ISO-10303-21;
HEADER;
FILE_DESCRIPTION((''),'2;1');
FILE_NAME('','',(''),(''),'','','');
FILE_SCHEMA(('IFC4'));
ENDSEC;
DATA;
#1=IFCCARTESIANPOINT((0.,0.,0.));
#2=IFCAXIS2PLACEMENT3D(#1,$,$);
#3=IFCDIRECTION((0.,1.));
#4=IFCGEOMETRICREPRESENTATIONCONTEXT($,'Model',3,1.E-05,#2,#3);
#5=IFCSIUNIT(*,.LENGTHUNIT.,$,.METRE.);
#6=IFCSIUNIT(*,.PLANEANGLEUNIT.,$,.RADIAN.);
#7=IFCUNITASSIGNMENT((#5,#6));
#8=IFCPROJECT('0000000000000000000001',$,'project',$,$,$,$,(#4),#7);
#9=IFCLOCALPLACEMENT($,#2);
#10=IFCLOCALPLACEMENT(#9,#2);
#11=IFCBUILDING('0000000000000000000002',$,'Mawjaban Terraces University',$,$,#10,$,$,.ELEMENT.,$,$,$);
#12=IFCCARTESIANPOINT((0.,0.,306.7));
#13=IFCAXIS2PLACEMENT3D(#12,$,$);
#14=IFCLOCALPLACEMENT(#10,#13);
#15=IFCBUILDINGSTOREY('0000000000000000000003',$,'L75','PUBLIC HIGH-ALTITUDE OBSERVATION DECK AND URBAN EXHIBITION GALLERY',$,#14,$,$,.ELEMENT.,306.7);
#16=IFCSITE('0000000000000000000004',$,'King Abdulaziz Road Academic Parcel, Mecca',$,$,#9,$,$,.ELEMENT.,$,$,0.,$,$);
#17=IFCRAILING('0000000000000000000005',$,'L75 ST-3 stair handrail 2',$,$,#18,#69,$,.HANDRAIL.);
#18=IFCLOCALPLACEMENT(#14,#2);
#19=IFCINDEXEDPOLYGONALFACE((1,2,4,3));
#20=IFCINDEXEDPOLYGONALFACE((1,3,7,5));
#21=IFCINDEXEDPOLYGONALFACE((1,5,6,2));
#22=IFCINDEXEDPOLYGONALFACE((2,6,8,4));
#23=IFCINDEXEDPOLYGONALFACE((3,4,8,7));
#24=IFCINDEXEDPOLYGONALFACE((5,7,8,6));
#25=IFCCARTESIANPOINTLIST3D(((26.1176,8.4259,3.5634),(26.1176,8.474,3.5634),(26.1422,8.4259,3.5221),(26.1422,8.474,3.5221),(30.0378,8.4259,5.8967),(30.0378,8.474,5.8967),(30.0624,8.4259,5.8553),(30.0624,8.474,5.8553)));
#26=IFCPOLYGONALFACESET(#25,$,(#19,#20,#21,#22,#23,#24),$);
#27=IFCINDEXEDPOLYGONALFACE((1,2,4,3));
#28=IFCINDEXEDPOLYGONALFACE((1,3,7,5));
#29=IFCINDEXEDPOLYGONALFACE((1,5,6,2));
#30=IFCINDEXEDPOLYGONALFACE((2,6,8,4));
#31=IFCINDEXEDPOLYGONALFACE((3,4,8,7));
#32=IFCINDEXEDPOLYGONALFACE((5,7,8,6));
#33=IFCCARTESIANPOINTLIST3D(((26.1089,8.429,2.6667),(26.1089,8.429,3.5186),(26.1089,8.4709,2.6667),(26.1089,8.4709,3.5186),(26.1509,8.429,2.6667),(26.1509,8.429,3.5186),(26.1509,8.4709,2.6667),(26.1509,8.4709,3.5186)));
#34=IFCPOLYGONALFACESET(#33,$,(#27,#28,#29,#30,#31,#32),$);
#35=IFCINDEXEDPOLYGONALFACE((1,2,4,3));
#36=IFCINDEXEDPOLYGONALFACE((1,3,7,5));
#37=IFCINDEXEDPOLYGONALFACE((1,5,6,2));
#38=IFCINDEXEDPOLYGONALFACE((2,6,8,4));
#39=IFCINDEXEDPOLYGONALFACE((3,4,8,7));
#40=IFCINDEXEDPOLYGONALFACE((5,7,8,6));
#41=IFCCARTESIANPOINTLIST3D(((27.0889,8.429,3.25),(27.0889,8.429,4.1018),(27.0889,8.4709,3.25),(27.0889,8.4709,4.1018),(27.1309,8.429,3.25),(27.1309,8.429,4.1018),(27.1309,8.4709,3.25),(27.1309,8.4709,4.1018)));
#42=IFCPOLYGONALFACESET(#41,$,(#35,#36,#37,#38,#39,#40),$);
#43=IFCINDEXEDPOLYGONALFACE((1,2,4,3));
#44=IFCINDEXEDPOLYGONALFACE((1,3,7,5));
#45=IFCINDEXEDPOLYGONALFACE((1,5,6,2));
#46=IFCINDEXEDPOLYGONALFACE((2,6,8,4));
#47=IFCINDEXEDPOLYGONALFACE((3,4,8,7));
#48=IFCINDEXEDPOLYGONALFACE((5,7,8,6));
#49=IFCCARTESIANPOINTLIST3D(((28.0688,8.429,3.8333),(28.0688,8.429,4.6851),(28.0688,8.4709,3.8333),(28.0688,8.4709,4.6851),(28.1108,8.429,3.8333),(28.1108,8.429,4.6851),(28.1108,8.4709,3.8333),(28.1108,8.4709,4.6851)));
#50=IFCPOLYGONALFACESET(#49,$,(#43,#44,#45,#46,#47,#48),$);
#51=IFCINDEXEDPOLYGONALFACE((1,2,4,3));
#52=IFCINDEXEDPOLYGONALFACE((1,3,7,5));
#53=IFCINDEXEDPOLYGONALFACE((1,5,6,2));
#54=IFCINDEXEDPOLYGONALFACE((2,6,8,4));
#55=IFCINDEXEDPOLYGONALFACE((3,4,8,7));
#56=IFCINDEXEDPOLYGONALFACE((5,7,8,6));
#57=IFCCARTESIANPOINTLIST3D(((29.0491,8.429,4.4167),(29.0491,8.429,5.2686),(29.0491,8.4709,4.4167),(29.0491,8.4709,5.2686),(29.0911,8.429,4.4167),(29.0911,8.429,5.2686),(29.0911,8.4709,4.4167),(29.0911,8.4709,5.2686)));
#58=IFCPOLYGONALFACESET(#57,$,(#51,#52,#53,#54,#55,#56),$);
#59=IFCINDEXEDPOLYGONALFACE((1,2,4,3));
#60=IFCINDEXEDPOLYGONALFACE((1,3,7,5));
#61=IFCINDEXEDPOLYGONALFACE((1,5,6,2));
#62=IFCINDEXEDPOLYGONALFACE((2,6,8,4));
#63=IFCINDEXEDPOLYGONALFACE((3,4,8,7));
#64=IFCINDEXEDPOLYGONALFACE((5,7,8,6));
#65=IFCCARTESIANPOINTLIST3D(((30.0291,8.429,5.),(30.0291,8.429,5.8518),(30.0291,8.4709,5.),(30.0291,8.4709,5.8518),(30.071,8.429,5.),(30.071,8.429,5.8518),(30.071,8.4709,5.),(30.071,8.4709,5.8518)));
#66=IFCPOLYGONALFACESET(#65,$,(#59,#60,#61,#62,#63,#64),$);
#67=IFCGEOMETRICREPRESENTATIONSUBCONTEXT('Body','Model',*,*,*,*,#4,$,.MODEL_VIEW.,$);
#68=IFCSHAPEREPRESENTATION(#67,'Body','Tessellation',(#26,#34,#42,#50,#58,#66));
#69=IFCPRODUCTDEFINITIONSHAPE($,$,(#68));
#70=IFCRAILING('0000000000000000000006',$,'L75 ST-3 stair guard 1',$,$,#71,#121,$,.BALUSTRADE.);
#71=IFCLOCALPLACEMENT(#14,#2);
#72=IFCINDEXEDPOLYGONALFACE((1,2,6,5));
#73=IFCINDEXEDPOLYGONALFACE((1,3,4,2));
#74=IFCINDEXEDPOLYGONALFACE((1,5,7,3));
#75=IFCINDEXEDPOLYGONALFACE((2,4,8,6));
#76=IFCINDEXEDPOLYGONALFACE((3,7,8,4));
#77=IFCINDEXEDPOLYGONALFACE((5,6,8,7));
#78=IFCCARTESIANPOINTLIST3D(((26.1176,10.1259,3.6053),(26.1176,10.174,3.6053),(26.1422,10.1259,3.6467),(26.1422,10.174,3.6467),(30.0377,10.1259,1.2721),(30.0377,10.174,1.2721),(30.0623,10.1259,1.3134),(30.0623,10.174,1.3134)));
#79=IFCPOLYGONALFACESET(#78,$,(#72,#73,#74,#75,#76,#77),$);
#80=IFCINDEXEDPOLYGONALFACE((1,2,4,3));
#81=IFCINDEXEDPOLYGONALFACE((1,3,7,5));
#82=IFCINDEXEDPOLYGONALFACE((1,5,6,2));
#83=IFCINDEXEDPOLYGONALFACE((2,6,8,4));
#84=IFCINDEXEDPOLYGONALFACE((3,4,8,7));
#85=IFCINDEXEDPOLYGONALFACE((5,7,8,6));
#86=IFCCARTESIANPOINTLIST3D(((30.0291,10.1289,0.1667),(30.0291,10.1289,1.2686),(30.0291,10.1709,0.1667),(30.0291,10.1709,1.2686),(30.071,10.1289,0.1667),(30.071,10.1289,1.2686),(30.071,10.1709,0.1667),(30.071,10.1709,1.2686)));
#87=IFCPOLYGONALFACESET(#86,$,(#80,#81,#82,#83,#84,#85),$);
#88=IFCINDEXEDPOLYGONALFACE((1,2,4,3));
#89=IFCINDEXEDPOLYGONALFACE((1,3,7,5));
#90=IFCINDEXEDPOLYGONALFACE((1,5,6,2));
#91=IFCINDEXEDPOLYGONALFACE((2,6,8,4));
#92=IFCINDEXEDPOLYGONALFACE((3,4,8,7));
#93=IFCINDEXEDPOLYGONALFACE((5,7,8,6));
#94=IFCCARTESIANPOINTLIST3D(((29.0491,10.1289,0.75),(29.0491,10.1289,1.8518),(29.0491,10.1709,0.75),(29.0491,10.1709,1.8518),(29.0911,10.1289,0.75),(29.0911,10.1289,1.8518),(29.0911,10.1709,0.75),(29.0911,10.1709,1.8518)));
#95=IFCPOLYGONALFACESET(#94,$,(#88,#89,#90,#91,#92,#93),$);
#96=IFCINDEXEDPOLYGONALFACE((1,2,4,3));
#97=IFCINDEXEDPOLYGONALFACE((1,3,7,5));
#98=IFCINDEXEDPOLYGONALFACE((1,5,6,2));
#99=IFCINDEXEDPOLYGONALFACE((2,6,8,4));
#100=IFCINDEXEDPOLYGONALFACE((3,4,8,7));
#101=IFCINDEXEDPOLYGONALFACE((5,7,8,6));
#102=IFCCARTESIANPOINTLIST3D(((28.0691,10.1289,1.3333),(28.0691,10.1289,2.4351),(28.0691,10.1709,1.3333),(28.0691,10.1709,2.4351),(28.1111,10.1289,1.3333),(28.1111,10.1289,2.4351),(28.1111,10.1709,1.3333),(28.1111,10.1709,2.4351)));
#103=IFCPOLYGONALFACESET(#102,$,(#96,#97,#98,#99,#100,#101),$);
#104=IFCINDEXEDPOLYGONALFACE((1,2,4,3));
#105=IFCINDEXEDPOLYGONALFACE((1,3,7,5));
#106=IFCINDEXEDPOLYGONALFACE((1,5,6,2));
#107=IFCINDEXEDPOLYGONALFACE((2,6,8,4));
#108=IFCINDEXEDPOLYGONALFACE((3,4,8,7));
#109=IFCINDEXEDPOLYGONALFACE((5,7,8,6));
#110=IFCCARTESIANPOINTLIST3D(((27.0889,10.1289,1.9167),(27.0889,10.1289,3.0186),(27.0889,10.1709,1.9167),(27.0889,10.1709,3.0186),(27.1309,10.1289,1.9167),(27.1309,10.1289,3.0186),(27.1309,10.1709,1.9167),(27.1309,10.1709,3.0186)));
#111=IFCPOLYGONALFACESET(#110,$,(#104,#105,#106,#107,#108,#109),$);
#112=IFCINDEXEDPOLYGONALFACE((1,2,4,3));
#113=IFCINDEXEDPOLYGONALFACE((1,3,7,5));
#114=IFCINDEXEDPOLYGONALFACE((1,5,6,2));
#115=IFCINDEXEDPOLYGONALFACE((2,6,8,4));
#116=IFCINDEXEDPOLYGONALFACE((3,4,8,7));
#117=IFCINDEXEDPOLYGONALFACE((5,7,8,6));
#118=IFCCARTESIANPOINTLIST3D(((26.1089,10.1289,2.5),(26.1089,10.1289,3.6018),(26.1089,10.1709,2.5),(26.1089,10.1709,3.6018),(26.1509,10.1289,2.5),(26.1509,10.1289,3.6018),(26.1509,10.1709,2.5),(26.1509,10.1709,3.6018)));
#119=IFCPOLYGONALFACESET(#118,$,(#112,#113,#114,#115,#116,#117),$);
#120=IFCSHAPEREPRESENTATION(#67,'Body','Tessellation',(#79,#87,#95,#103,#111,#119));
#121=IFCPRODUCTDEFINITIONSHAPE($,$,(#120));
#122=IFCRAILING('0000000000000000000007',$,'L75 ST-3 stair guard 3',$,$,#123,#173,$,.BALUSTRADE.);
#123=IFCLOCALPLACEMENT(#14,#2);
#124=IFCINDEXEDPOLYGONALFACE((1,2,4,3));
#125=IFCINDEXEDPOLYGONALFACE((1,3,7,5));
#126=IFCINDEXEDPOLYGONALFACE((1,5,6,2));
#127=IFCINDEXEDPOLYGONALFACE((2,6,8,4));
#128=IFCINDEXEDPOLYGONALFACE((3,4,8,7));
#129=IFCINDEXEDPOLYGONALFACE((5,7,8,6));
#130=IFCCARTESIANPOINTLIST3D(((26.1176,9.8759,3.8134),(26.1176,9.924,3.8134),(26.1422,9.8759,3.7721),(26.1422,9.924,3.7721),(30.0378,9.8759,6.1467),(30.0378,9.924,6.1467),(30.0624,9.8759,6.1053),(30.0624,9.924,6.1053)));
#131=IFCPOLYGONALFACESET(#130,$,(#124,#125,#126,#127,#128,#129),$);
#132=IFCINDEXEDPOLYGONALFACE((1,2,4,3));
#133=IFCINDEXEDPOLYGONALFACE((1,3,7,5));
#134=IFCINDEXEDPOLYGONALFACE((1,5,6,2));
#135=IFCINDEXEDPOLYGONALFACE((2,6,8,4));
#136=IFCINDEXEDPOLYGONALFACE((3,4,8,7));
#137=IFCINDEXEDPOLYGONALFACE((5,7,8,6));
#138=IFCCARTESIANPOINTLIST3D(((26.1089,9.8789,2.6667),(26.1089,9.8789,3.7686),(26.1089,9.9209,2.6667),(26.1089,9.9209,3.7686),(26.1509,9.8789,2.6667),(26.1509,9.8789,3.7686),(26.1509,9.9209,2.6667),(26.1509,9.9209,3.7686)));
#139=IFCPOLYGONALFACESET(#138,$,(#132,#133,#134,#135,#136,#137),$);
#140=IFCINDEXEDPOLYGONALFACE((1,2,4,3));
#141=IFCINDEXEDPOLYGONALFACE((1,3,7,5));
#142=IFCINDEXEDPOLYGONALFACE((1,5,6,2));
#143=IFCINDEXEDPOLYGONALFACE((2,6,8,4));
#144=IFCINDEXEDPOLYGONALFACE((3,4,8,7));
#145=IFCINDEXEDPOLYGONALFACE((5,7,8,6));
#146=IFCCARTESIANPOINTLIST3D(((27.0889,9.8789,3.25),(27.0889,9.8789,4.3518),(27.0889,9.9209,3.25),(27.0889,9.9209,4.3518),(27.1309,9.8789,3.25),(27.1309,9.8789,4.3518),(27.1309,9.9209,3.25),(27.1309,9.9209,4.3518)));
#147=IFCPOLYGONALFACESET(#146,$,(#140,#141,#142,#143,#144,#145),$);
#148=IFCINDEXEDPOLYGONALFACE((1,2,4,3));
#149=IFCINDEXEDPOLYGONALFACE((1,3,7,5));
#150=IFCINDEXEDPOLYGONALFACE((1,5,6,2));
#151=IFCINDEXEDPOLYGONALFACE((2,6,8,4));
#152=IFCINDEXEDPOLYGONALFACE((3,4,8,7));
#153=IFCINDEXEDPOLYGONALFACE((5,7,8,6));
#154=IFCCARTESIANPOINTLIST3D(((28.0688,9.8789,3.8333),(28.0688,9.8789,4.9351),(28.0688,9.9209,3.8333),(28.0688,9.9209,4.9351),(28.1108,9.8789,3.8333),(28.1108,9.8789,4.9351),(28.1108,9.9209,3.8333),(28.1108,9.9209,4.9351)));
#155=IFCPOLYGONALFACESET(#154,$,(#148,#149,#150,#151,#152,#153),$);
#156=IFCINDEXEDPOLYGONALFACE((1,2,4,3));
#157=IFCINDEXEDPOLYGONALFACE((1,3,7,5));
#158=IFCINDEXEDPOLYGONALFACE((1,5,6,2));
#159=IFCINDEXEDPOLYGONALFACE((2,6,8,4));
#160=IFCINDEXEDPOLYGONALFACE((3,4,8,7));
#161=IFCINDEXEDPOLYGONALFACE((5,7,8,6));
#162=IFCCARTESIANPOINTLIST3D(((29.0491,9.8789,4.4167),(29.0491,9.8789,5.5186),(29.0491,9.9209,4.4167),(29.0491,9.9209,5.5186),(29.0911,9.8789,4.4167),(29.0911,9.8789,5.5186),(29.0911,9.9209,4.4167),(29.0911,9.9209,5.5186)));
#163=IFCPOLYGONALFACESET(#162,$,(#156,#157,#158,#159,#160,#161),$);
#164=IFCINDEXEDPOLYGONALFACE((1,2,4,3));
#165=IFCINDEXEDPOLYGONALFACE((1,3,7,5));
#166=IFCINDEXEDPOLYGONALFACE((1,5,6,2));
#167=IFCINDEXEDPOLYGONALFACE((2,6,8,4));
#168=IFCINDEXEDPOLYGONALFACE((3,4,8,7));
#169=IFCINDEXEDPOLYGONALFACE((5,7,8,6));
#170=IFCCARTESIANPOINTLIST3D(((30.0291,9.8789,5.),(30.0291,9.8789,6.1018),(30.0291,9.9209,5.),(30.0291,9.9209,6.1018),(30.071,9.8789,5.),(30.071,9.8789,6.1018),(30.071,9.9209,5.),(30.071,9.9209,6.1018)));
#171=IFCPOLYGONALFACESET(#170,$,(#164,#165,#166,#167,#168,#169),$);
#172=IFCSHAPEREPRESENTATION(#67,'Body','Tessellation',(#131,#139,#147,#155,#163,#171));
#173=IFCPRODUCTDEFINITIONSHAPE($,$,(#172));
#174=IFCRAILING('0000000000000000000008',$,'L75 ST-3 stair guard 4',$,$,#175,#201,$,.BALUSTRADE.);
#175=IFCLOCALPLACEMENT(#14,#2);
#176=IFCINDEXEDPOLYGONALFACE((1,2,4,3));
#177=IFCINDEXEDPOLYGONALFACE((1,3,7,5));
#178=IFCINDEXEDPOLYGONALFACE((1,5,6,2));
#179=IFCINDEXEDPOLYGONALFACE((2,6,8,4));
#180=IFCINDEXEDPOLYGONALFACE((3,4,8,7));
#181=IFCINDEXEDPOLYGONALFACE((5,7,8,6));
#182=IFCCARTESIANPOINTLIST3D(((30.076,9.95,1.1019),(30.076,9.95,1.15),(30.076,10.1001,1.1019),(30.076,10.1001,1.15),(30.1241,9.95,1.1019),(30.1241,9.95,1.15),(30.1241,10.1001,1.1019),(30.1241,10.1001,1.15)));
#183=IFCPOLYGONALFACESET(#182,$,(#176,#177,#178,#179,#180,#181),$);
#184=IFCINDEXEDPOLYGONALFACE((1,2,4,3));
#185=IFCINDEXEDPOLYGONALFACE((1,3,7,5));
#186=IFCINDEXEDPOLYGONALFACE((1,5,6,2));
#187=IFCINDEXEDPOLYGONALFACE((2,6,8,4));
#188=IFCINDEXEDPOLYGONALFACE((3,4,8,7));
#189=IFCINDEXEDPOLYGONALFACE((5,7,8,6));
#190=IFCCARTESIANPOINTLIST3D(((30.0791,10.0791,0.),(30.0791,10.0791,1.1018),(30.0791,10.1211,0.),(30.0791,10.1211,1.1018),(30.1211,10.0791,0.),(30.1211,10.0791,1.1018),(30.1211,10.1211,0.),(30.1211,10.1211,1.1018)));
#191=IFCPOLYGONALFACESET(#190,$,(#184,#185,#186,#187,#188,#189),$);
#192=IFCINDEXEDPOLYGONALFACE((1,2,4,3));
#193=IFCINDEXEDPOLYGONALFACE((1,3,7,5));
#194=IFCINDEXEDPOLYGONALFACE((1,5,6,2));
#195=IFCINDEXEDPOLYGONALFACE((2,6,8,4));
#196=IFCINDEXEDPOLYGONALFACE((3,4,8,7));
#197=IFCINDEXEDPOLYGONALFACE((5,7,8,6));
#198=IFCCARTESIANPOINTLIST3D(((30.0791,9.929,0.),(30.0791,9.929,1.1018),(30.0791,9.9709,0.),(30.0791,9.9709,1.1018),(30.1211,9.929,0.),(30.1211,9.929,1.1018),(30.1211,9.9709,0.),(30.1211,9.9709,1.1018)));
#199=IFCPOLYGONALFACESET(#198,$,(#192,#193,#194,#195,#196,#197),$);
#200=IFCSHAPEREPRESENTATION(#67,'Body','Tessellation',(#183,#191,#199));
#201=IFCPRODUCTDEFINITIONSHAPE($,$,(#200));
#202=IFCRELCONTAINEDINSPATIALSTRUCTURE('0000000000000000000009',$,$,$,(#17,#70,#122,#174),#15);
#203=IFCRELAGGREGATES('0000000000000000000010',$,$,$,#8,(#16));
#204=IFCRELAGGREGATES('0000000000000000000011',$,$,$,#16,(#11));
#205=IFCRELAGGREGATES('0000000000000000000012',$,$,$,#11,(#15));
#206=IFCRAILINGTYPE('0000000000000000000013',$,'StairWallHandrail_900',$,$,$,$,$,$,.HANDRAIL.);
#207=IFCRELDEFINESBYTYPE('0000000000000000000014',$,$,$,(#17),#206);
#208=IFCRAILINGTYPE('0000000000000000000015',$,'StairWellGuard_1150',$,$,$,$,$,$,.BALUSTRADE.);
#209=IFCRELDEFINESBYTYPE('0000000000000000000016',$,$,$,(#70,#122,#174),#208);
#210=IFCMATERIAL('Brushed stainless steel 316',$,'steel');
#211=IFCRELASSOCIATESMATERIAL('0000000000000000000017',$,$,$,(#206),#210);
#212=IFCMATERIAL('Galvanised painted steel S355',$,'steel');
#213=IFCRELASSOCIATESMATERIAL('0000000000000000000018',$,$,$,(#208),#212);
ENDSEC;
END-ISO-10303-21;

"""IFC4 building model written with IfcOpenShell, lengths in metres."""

from ifc_helpers import new_model, si_unit, direction, frame, origin, origin_2d, place, context, subcontext, project, spatial, rectangle, extrude, material, type_object, element, save


model = new_model("IFC4")

# Units and contexts
model_context = context("Model", 3, precision=1e-05, world=origin(), true_north=direction((0.0, 1.0)))
body_context = subcontext(model_context, "Body", "Model", "MODEL_VIEW")
ifc_project = project(units=[si_unit("LENGTHUNIT", "METRE"), si_unit("PLANEANGLEUNIT", "RADIAN")], contexts=[model_context])

# Site, building, storey
site_placement = place(None, origin())
site = spatial("IfcSite", under=ifc_project, at=site_placement, Name="King Abdulaziz Road Academic Parcel, Mecca", CompositionType="ELEMENT", RefElevation=0.0)
building_placement = place(site_placement, origin())
building = spatial("IfcBuilding", under=site, at=building_placement, Name="Mawjaban Terraces University", CompositionType="ELEMENT")
storey_placement = place(building_placement, frame((0.0, 0.0, 306.7)))
storey = spatial("IfcBuildingStorey", under=building, at=storey_placement, Name="L75", Description="PUBLIC HIGH-ALTITUDE OBSERVATION DECK AND URBAN EXHIBITION GALLERY", CompositionType="ELEMENT", Elevation=306.7)

# Railings
ifc_material_1 = material(Name="Brushed stainless steel 316", Category="steel")
railing_type_1 = type_object("IfcRailingType", Name="StairWallHandrail_900", PredefinedType="HANDRAIL", material=ifc_material_1)
railing_1_placement = place(storey_placement, frame((26.1299, 8.45, 2.6667)))
element("IfcRailing", 1, at=railing_1_placement, inside=storey, type_object=railing_type_1, Name="L75 ST-3 stair handrail 2", PredefinedType="HANDRAIL", context=body_context, shape_type="SweptSolid", body=[
    extrude(rectangle(XDim=0.0481, YDim=0.0481, at=origin_2d()), frame((0.0, 0.0, 0.876), z_axis=(0.85931, 0.0, 0.511455), x_axis=(0.0, 1.0, 0.0)), (0.0, 0.0, 1.0), 4.562),
    extrude(rectangle(XDim=0.042, YDim=0.042, at=origin_2d()), origin(), (0.0, 0.0, 1.0), 0.8518),
    extrude(rectangle(XDim=0.042, YDim=0.042, at=origin_2d()), frame((0.98, 0.0, 0.5833)), (0.0, 0.0, 1.0), 0.8518),
    extrude(rectangle(XDim=0.042, YDim=0.042, at=origin_2d()), frame((1.96, 0.0, 1.1665)), (0.0, 0.0, 1.0), 0.8518),
    extrude(rectangle(XDim=0.042, YDim=0.042, at=origin_2d()), frame((2.9402, 0.0, 1.75)), (0.0, 0.0, 1.0), 0.8518),
    extrude(rectangle(XDim=0.042, YDim=0.042, at=origin_2d()), frame((3.9202, 0.0, 2.3333)), (0.0, 0.0, 1.0), 0.8518),
])
ifc_material_2 = material(Name="Galvanised painted steel S355", Category="steel")
railing_type_2 = type_object("IfcRailingType", Name="StairWellGuard_1150", PredefinedType="BALUSTRADE", material=ifc_material_2)
railing_2_placement = place(storey_placement, frame((30.05, 10.1499, 0.1667)))
element("IfcRailing", 2, at=railing_2_placement, inside=storey, type_object=railing_type_2, Name="L75 ST-3 stair guard 1", PredefinedType="BALUSTRADE", context=body_context, shape_type="SweptSolid", body=[
    extrude(rectangle(XDim=0.0481, YDim=0.0481, at=origin_2d()), frame((0.0, 0.0, 1.126), z_axis=(-0.85931, 0.0, 0.511455), x_axis=(0.0, -1.0, 0.0)), (0.0, 0.0, 1.0), 4.562),
    extrude(rectangle(XDim=0.042, YDim=0.042, at=origin_2d()), origin(), (0.0, 0.0, 1.0), 1.1018),
    extrude(rectangle(XDim=0.042, YDim=0.042, at=origin_2d()), frame((-0.98, 0.0, 0.5833)), (0.0, 0.0, 1.0), 1.1018),
    extrude(rectangle(XDim=0.042, YDim=0.042, at=origin_2d()), frame((-1.96, 0.0, 1.1665)), (0.0, 0.0, 1.0), 1.1018),
    extrude(rectangle(XDim=0.042, YDim=0.042, at=origin_2d()), frame((-2.9402, 0.0, 1.75)), (0.0, 0.0, 1.0), 1.1018),
    extrude(rectangle(XDim=0.042, YDim=0.042, at=origin_2d()), frame((-3.9202, 0.0, 2.3333)), (0.0, 0.0, 1.0), 1.1018),
])
railing_3_placement = place(storey_placement, frame((26.1299, 9.8999, 2.6667)))
element("IfcRailing", 3, at=railing_3_placement, inside=storey, type_object=railing_type_2, Name="L75 ST-3 stair guard 3", PredefinedType="BALUSTRADE", context=body_context, shape_type="SweptSolid", body=[
    extrude(rectangle(XDim=0.0481, YDim=0.0481, at=origin_2d()), frame((0.0, 0.0, 1.126), z_axis=(0.85931, 0.0, 0.511455), x_axis=(0.0, 1.0, 0.0)), (0.0, 0.0, 1.0), 4.562),
    extrude(rectangle(XDim=0.042, YDim=0.042, at=origin_2d()), origin(), (0.0, 0.0, 1.0), 1.1018),
    extrude(rectangle(XDim=0.042, YDim=0.042, at=origin_2d()), frame((0.98, 0.0, 0.5833)), (0.0, 0.0, 1.0), 1.1018),
    extrude(rectangle(XDim=0.042, YDim=0.042, at=origin_2d()), frame((1.96, 0.0, 1.1665)), (0.0, 0.0, 1.0), 1.1018),
    extrude(rectangle(XDim=0.042, YDim=0.042, at=origin_2d()), frame((2.9402, 0.0, 1.75)), (0.0, 0.0, 1.0), 1.1018),
    extrude(rectangle(XDim=0.042, YDim=0.042, at=origin_2d()), frame((3.9202, 0.0, 2.3333)), (0.0, 0.0, 1.0), 1.1018),
])
railing_4_placement = place(storey_placement, frame((30.1001, 10.1001, 0.0)))
element("IfcRailing", 4, at=railing_4_placement, inside=storey, type_object=railing_type_2, Name="L75 ST-3 stair guard 4", PredefinedType="BALUSTRADE", context=body_context, shape_type="SweptSolid", body=[
    extrude(rectangle(XDim=0.0481, YDim=0.0481, at=origin_2d()), frame((0.0, 0.0, 1.126), z_axis=(0.0, -1.0, 0.0), x_axis=(1.0, 0.0, 0.0)), (0.0, 0.0, 1.0), 0.1501),
    extrude(rectangle(XDim=0.042, YDim=0.042, at=origin_2d()), origin(), (0.0, 0.0, 1.0), 1.1018),
    extrude(rectangle(XDim=0.042, YDim=0.042, at=origin_2d()), frame((0.0, -0.1501, 0.0)), (0.0, 0.0, 1.0), 1.1018),
])

save(model, "model.ifc")
